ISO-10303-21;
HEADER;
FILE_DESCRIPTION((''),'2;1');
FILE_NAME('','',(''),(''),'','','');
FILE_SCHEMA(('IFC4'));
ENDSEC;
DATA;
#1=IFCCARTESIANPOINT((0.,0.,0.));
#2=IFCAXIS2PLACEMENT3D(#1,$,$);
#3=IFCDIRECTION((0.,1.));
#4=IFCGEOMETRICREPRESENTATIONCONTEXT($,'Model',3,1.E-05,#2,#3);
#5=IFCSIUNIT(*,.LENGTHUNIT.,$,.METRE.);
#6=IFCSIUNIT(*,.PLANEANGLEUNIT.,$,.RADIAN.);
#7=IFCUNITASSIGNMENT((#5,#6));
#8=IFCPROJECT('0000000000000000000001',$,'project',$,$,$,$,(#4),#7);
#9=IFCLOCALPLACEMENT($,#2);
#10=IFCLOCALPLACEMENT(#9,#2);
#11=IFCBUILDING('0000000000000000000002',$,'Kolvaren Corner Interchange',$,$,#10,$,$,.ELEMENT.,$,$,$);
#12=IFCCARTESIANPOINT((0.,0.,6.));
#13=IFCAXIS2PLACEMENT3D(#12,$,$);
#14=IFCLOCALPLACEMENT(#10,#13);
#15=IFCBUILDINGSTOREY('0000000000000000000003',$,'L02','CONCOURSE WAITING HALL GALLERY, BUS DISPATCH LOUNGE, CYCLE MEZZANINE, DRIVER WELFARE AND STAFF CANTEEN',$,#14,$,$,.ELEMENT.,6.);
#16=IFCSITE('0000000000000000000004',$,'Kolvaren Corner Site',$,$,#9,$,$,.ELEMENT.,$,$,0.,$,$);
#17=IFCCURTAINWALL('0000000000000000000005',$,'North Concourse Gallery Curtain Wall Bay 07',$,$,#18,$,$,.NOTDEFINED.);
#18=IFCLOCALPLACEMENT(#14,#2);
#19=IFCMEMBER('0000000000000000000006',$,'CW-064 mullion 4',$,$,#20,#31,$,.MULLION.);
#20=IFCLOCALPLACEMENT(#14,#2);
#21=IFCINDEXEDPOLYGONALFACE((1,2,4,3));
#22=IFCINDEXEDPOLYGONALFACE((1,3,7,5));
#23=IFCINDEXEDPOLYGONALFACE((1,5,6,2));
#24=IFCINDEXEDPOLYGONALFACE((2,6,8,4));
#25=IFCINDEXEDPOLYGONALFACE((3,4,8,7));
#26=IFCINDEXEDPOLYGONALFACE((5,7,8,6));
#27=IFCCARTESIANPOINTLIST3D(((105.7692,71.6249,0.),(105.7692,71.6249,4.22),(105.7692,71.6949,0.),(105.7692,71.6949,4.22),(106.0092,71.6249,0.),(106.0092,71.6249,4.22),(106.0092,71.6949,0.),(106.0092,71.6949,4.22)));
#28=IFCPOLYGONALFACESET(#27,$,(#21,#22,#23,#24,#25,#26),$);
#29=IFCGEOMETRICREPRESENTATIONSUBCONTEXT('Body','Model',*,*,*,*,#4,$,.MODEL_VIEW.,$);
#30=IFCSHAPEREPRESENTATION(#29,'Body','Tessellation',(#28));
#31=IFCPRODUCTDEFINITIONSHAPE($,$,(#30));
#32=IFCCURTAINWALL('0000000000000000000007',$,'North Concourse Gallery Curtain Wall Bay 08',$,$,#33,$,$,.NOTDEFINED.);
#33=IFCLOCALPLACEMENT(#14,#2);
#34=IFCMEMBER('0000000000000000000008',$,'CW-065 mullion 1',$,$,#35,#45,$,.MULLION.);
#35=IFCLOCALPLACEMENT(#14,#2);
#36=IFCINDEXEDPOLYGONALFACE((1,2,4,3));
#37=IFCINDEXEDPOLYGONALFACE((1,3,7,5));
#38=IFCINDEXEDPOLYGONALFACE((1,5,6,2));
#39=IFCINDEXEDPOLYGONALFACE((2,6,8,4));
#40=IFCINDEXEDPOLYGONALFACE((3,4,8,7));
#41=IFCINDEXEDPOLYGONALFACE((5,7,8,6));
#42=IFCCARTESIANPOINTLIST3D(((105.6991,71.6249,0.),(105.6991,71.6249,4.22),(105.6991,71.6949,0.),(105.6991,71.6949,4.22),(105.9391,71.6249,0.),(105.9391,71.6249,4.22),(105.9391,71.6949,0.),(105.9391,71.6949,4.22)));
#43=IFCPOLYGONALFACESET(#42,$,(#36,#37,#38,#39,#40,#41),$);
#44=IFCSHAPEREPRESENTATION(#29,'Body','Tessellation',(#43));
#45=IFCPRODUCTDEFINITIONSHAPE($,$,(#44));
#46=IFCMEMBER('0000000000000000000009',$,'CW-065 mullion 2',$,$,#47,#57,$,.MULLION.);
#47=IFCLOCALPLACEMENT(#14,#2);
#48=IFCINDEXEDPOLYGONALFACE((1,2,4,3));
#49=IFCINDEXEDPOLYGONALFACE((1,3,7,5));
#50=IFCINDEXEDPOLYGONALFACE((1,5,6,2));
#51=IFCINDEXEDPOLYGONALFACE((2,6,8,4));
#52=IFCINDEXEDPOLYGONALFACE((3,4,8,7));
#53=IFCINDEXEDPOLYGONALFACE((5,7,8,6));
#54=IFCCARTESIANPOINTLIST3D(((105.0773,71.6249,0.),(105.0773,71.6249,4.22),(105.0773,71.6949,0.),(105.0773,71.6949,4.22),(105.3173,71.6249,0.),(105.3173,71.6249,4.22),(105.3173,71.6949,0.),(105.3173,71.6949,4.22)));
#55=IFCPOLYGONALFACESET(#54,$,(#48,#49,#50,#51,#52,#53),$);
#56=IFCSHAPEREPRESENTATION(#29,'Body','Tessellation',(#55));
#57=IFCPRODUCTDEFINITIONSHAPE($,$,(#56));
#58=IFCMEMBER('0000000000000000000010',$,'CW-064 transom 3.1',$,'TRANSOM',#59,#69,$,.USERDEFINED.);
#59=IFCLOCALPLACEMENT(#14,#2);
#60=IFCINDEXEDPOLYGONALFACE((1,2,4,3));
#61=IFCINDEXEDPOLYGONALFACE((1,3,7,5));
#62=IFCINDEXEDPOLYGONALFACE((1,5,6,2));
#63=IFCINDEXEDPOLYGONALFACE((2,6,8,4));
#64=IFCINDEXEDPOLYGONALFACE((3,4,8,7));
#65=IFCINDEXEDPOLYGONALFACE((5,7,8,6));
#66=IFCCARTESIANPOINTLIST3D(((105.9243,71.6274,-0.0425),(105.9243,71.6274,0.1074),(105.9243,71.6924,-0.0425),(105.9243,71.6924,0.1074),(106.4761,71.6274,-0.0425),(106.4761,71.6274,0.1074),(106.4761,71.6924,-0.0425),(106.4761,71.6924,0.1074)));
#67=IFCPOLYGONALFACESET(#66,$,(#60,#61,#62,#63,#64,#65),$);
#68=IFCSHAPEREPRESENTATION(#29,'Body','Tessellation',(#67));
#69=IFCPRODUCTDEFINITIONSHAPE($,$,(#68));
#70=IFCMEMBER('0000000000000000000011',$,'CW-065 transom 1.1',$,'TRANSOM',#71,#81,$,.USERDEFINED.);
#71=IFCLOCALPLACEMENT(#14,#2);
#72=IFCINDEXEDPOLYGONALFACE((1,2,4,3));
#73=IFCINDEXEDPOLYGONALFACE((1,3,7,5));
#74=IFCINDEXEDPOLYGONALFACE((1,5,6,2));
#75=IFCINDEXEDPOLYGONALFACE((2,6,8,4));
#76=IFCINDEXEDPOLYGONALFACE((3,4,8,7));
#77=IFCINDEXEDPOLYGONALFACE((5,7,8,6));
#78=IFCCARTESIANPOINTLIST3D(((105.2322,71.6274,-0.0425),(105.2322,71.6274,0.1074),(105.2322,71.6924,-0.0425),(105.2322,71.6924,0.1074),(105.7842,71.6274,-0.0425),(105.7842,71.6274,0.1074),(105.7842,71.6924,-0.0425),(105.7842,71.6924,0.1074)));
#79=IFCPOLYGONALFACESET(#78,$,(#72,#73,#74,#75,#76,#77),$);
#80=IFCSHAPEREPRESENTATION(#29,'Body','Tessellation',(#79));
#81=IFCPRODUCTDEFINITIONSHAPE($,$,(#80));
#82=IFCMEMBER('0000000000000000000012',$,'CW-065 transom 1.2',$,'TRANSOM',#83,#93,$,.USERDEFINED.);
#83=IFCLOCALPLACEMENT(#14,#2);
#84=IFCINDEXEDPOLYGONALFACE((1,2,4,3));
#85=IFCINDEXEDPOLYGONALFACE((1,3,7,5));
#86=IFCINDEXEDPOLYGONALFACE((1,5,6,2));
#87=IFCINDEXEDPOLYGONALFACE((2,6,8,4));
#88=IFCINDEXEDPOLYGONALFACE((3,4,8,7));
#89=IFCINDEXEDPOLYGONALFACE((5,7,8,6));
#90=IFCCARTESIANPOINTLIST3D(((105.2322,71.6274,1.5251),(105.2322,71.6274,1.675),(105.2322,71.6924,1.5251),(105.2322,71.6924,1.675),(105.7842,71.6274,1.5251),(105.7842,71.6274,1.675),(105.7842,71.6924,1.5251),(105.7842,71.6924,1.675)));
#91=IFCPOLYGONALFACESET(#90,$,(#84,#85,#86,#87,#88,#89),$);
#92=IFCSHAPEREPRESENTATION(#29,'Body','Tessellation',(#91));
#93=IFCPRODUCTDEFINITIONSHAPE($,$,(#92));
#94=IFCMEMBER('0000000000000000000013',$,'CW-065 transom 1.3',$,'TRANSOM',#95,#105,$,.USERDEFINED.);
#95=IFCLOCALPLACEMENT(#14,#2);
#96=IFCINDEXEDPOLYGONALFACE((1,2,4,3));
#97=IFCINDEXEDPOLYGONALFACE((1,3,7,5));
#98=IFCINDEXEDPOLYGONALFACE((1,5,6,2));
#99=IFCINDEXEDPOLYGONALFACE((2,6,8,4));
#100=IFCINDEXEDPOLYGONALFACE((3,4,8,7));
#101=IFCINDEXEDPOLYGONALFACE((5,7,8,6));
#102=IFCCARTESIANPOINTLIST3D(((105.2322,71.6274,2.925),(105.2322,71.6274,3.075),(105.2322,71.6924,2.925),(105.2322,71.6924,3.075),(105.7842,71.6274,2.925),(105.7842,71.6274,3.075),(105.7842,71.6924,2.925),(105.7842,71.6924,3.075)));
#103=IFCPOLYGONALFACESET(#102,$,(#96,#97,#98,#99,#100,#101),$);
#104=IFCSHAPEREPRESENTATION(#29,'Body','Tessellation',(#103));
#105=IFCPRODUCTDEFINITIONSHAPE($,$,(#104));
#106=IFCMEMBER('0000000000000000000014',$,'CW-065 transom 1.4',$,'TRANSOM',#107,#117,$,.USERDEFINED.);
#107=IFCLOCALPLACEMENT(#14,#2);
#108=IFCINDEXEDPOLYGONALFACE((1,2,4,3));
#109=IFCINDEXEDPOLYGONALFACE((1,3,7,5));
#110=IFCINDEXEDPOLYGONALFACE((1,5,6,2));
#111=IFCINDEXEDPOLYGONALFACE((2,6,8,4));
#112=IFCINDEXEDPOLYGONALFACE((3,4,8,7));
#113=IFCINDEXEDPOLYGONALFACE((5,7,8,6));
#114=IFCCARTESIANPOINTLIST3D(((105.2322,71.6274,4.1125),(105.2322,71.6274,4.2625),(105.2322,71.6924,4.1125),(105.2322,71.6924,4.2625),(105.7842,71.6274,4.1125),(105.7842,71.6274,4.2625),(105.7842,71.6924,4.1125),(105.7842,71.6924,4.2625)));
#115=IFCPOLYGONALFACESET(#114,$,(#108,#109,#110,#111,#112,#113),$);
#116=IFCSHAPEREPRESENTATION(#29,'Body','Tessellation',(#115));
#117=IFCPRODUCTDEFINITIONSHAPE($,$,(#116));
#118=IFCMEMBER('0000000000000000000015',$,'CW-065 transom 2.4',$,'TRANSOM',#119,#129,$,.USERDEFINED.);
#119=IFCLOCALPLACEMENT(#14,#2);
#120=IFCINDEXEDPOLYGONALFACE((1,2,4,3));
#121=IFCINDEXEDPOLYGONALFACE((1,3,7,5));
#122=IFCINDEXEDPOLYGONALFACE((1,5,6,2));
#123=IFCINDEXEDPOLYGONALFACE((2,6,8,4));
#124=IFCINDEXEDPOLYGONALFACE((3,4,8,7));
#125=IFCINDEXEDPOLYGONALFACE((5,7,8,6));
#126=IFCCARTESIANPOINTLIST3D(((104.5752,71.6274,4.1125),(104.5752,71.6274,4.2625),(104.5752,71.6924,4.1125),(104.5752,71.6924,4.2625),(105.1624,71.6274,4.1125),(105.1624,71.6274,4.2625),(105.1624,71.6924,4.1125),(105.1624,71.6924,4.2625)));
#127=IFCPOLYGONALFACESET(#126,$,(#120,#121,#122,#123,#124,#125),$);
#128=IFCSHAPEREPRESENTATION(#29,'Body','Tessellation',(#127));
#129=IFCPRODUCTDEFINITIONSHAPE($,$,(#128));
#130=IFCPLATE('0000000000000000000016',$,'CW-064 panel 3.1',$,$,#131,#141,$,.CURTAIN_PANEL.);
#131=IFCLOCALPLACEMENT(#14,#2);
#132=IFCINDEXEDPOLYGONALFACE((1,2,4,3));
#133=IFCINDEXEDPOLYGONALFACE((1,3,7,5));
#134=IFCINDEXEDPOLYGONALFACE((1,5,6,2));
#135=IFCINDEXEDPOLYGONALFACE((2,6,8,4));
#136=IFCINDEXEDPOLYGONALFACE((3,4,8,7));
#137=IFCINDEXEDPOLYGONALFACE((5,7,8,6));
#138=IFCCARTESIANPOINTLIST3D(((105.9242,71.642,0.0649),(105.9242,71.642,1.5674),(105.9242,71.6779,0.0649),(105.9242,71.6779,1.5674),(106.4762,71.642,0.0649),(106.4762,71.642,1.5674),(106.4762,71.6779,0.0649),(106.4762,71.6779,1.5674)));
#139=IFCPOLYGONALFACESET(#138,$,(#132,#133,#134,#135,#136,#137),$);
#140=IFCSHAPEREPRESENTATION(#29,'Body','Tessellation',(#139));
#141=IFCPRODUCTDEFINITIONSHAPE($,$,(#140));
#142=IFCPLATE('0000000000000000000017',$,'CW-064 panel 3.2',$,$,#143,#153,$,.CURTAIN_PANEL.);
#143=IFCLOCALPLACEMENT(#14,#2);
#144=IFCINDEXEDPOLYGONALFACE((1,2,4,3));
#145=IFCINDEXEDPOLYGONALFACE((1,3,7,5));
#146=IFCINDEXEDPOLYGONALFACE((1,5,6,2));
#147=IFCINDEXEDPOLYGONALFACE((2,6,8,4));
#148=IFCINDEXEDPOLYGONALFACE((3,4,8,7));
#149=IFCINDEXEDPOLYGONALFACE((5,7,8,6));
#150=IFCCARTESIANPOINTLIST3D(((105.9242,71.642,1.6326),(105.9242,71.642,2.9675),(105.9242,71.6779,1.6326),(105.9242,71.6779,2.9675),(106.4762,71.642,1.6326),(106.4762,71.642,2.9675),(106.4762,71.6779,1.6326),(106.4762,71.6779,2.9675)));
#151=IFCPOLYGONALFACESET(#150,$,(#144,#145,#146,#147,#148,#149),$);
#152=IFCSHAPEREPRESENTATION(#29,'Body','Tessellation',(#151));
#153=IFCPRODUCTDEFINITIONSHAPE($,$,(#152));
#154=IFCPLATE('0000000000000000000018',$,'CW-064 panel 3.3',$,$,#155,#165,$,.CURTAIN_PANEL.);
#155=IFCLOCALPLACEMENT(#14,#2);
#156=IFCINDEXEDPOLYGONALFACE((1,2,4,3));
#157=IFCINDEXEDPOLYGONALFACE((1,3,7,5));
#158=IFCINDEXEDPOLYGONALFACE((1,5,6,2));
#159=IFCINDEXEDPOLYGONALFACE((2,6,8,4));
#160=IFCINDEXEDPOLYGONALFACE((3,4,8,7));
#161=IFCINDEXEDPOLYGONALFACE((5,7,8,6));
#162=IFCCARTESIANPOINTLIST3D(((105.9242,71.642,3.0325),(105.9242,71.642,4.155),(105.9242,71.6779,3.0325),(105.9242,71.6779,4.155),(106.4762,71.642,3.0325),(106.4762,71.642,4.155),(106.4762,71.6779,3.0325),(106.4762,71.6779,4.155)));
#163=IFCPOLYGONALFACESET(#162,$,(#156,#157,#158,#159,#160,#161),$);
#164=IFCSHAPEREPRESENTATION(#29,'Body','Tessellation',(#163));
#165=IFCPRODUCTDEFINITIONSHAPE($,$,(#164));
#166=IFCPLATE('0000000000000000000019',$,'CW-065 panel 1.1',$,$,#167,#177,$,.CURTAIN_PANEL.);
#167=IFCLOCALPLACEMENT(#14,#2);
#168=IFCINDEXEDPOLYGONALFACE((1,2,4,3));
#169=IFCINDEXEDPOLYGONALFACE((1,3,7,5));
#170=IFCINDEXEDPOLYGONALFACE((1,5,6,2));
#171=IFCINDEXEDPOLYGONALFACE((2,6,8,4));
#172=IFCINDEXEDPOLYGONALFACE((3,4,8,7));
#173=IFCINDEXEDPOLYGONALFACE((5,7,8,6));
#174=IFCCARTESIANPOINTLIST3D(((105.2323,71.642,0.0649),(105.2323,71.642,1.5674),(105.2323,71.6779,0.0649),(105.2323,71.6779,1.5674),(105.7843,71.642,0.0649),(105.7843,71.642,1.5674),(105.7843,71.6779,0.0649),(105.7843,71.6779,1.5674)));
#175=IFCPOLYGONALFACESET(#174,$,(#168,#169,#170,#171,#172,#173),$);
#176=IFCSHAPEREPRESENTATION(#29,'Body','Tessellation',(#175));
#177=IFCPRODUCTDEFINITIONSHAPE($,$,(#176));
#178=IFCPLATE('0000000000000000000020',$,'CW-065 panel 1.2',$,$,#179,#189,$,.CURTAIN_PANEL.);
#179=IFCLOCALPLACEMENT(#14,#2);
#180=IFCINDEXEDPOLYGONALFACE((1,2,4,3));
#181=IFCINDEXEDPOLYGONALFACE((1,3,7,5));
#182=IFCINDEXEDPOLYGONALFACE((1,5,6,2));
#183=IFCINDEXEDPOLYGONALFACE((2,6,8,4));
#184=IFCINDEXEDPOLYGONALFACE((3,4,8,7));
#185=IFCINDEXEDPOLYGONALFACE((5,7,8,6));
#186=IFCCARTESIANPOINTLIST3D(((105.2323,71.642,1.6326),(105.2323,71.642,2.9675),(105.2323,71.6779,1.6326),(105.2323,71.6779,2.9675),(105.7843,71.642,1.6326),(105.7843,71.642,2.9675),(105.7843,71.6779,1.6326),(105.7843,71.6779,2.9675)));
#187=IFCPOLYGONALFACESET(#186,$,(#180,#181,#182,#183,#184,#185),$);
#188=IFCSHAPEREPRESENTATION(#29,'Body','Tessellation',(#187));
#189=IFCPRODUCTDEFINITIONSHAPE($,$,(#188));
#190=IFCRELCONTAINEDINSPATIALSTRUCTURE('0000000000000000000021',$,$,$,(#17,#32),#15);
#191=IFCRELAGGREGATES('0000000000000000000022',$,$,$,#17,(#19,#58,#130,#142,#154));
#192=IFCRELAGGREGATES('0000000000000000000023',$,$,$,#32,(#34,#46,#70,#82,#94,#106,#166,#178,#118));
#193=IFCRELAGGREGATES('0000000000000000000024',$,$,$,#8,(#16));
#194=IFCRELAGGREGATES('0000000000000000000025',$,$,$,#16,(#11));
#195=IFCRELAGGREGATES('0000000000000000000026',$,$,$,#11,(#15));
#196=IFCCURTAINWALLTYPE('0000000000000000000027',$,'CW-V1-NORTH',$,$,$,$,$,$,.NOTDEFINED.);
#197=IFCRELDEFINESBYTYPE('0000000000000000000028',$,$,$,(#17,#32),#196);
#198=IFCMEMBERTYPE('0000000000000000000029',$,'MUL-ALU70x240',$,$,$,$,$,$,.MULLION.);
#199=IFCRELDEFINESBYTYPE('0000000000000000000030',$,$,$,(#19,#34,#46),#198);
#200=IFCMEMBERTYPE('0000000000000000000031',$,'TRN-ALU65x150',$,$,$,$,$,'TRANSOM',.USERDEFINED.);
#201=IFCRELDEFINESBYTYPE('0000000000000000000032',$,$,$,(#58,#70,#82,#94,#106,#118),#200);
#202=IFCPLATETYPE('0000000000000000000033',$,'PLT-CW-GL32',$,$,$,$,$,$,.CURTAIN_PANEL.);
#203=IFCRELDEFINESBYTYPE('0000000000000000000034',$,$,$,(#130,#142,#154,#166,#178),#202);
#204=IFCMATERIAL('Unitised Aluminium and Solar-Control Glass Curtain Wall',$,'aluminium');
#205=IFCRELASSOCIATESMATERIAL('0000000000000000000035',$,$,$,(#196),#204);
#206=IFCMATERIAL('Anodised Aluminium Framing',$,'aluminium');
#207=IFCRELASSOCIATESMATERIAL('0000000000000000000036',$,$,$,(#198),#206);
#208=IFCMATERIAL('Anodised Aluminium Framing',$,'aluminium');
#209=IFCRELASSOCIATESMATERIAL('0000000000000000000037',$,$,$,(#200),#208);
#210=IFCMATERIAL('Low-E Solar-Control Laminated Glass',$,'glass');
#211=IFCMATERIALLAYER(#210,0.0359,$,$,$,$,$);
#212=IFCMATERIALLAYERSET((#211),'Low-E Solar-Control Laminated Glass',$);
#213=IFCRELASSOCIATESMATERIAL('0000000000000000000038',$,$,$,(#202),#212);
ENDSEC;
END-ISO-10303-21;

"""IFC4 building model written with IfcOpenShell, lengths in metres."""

from ifc_helpers import new_model, si_unit, direction, frame, origin, origin_2d, place, context, subcontext, project, spatial, rectangle, extrude, material, layer, layer_set, material_profile, profile_set, type_object, element, aggregate, save


model = new_model("IFC4")

# Units and contexts
model_context = context("Model", 3, precision=1e-05, world=origin(), true_north=direction((0.0, 1.0)))
body_context = subcontext(model_context, "Body", "Model", "MODEL_VIEW")
ifc_project = project(units=[si_unit("LENGTHUNIT", "METRE"), si_unit("PLANEANGLEUNIT", "RADIAN")], contexts=[model_context])

# Site, building, storey
site_placement = place(None, origin())
site = spatial("IfcSite", under=ifc_project, at=site_placement, Name="Kolvaren Corner Site", CompositionType="ELEMENT", RefElevation=0.0)
building_placement = place(site_placement, origin())
building = spatial("IfcBuilding", under=site, at=building_placement, Name="Kolvaren Corner Interchange", CompositionType="ELEMENT")
storey_placement = place(building_placement, frame((0.0, 0.0, 6.0)))
storey = spatial("IfcBuildingStorey", under=building, at=storey_placement, Name="L02", Description="CONCOURSE WAITING HALL GALLERY, BUS DISPATCH LOUNGE, CYCLE MEZZANINE, DRIVER WELFARE AND STAFF CANTEEN", CompositionType="ELEMENT", Elevation=6.0)

# Curtain wall, member
ifc_material_1 = material(Name="Unitised Aluminium and Solar-Control Glass Curtain Wall", Category="aluminium")
curtain_wall_type = type_object("IfcCurtainWallType", Name="CW-V1-NORTH", PredefinedType="NOTDEFINED", material=ifc_material_1)
curtain_wall_1_placement = place(storey_placement, origin())
curtain_wall_1 = element("IfcCurtainWall", 1, at=curtain_wall_1_placement, inside=storey, type_object=curtain_wall_type, Name="North Concourse Gallery Curtain Wall Bay 07", PredefinedType="NOTDEFINED")
ifc_material_2 = material(Name="Anodised Aluminium Framing", Category="aluminium")
ifc_material_profile_1 = material_profile(ifc_material_2, rectangle(XDim=0.0701, YDim=0.24, at=origin_2d()), Name="ALU 70x240")
ifc_profile_set_1 = profile_set([ifc_material_profile_1], Name="Anodised Aluminium Framing")
member_type_1 = type_object("IfcMemberType", Name="MUL-ALU70x240", PredefinedType="MULLION", material=ifc_profile_set_1)
member_1_placement = place(storey_placement, frame((105.8892, 71.6599, 0.0), z_axis=(0.0, 0.0, 1.0), x_axis=(0.0, -1.0, 0.0)))
member_1 = element("IfcMember", 2, at=member_1_placement, type_object=member_type_1, Name="CW-064 mullion 4", PredefinedType="MULLION", context=body_context, shape_type="SweptSolid", body=[
    extrude(rectangle(XDim=0.0701, YDim=0.24, at=origin_2d()), origin(), (0.0, 0.0, 1.0), 4.22),
])

# Curtain wall, members
curtain_wall_2_placement = place(storey_placement, origin())
curtain_wall_2 = element("IfcCurtainWall", 3, at=curtain_wall_2_placement, inside=storey, type_object=curtain_wall_type, Name="North Concourse Gallery Curtain Wall Bay 08", PredefinedType="NOTDEFINED")
member_2_placement = place(storey_placement, frame((105.8191, 71.6599, 0.0), z_axis=(0.0, 0.0, 1.0), x_axis=(0.0, -1.0, 0.0)))
member_2 = element("IfcMember", 4, at=member_2_placement, type_object=member_type_1, Name="CW-065 mullion 1", PredefinedType="MULLION", context=body_context, shape_type="SweptSolid", body=[
    extrude(rectangle(XDim=0.0701, YDim=0.24, at=origin_2d()), origin(), (0.0, 0.0, 1.0), 4.22),
])
member_3_placement = place(storey_placement, frame((105.1973, 71.6599, 0.0), z_axis=(0.0, 0.0, 1.0), x_axis=(0.0, -1.0, 0.0)))
member_3 = element("IfcMember", 5, at=member_3_placement, type_object=member_type_1, Name="CW-065 mullion 2", PredefinedType="MULLION", context=body_context, shape_type="SweptSolid", body=[
    extrude(rectangle(XDim=0.0701, YDim=0.24, at=origin_2d()), origin(), (0.0, 0.0, 1.0), 4.22),
])

# Members
ifc_material_3 = material(Name="Anodised Aluminium Framing", Category="aluminium")
ifc_material_profile_2 = material_profile(ifc_material_3, rectangle(XDim=0.0649, YDim=0.1499, at=origin_2d()), Name="ALU 65x150")
ifc_profile_set_2 = profile_set([ifc_material_profile_2], Name="Anodised Aluminium Framing")
member_type_2 = type_object("IfcMemberType", Name="TRN-ALU65x150", ElementType="TRANSOM", PredefinedType="USERDEFINED", material=ifc_profile_set_2)
member_4_placement = place(storey_placement, frame((106.4761, 71.6599, 0.0325), z_axis=(-1.0, 0.0, 0.0), x_axis=(0.0, -1.0, 0.0)))
member_4 = element("IfcMember", 6, at=member_4_placement, type_object=member_type_2, Name="CW-064 transom 3.1", ObjectType="TRANSOM", PredefinedType="USERDEFINED", context=body_context, shape_type="SweptSolid", body=[
    extrude(rectangle(XDim=0.0649, YDim=0.1499, at=origin_2d()), origin(), (0.0, 0.0, 1.0), 0.5518),
])
member_5_placement = place(storey_placement, frame((105.7842, 71.6599, 0.0325), z_axis=(-1.0, 0.0, 0.0), x_axis=(0.0, -1.0, 0.0)))
member_5 = element("IfcMember", 7, at=member_5_placement, type_object=member_type_2, Name="CW-065 transom 1.1", ObjectType="TRANSOM", PredefinedType="USERDEFINED", context=body_context, shape_type="SweptSolid", body=[
    extrude(rectangle(XDim=0.0649, YDim=0.1499, at=origin_2d()), origin(), (0.0, 0.0, 1.0), 0.552),
])
member_6_placement = place(storey_placement, frame((105.7842, 71.6599, 1.6001), z_axis=(-1.0, 0.0, 0.0), x_axis=(0.0, -1.0, 0.0)))
member_6 = element("IfcMember", 8, at=member_6_placement, type_object=member_type_2, Name="CW-065 transom 1.2", ObjectType="TRANSOM", PredefinedType="USERDEFINED", context=body_context, shape_type="SweptSolid", body=[
    extrude(rectangle(XDim=0.0649, YDim=0.1499, at=origin_2d()), origin(), (0.0, 0.0, 1.0), 0.552),
])
member_7_placement = place(storey_placement, frame((105.7842, 71.6599, 3.0), z_axis=(-1.0, 0.0, 0.0), x_axis=(0.0, -1.0, 0.0)))
member_7 = element("IfcMember", 9, at=member_7_placement, type_object=member_type_2, Name="CW-065 transom 1.3", ObjectType="TRANSOM", PredefinedType="USERDEFINED", context=body_context, shape_type="SweptSolid", body=[
    extrude(rectangle(XDim=0.0649, YDim=0.1499, at=origin_2d()), origin(), (0.0, 0.0, 1.0), 0.552),
])
member_8_placement = place(storey_placement, frame((105.7842, 71.6599, 4.1875), z_axis=(-1.0, 0.0, 0.0), x_axis=(0.0, -1.0, 0.0)))
member_8 = element("IfcMember", 10, at=member_8_placement, type_object=member_type_2, Name="CW-065 transom 1.4", ObjectType="TRANSOM", PredefinedType="USERDEFINED", context=body_context, shape_type="SweptSolid", body=[
    extrude(rectangle(XDim=0.0649, YDim=0.1499, at=origin_2d()), origin(), (0.0, 0.0, 1.0), 0.552),
])
member_9_placement = place(storey_placement, frame((105.1624, 71.6599, 4.1875), z_axis=(-1.0, 0.0, 0.0), x_axis=(0.0, -1.0, 0.0)))
member_9 = element("IfcMember", 11, at=member_9_placement, type_object=member_type_2, Name="CW-065 transom 2.4", ObjectType="TRANSOM", PredefinedType="USERDEFINED", context=body_context, shape_type="SweptSolid", body=[
    extrude(rectangle(XDim=0.0649, YDim=0.1499, at=origin_2d()), origin(), (0.0, 0.0, 1.0), 0.5872),
])

# Plates
ifc_material_4 = material(Name="Low-E Solar-Control Laminated Glass", Category="glass")
ifc_layer_1 = layer(ifc_material_4, 0.0359)
ifc_layer_set_1 = layer_set([ifc_layer_1], Name="Low-E Solar-Control Laminated Glass")
plate_type = type_object("IfcPlateType", Name="PLT-CW-GL32", PredefinedType="CURTAIN_PANEL", material=ifc_layer_set_1)
plate_1_placement = place(storey_placement, frame((106.2002, 71.6599, 0.0649), z_axis=(0.0, 0.0, 1.0), x_axis=(-1.0, 0.0, 0.0)))
plate_1 = element("IfcPlate", 12, at=plate_1_placement, type_object=plate_type, Name="CW-064 panel 3.1", PredefinedType="CURTAIN_PANEL", context=body_context, shape_type="SweptSolid", body=[
    extrude(rectangle(XDim=0.552, YDim=0.0359, at=origin_2d()), origin(), (0.0, 0.0, 1.0), 1.5024),
])
plate_2_placement = place(storey_placement, frame((106.2002, 71.6599, 1.6326), z_axis=(0.0, 0.0, 1.0), x_axis=(-1.0, 0.0, 0.0)))
plate_2 = element("IfcPlate", 13, at=plate_2_placement, type_object=plate_type, Name="CW-064 panel 3.2", PredefinedType="CURTAIN_PANEL", context=body_context, shape_type="SweptSolid", body=[
    extrude(rectangle(XDim=0.552, YDim=0.0359, at=origin_2d()), origin(), (0.0, 0.0, 1.0), 1.335),
])
plate_3_placement = place(storey_placement, frame((106.2002, 71.6599, 3.0325), z_axis=(0.0, 0.0, 1.0), x_axis=(-1.0, 0.0, 0.0)))
plate_3 = element("IfcPlate", 14, at=plate_3_placement, type_object=plate_type, Name="CW-064 panel 3.3", PredefinedType="CURTAIN_PANEL", context=body_context, shape_type="SweptSolid", body=[
    extrude(rectangle(XDim=0.552, YDim=0.0359, at=origin_2d()), origin(), (0.0, 0.0, 1.0), 1.1226),
])
aggregate(curtain_wall_1, [member_1, member_4, plate_1, plate_2, plate_3])
plate_4_placement = place(storey_placement, frame((105.5083, 71.6599, 0.0649), z_axis=(0.0, 0.0, 1.0), x_axis=(-1.0, 0.0, 0.0)))
plate_4 = element("IfcPlate", 15, at=plate_4_placement, type_object=plate_type, Name="CW-065 panel 1.1", PredefinedType="CURTAIN_PANEL", context=body_context, shape_type="SweptSolid", body=[
    extrude(rectangle(XDim=0.552, YDim=0.0359, at=origin_2d()), origin(), (0.0, 0.0, 1.0), 1.5024),
])
plate_5_placement = place(storey_placement, frame((105.5083, 71.6599, 1.6326), z_axis=(0.0, 0.0, 1.0), x_axis=(-1.0, 0.0, 0.0)))
plate_5 = element("IfcPlate", 16, at=plate_5_placement, type_object=plate_type, Name="CW-065 panel 1.2", PredefinedType="CURTAIN_PANEL", context=body_context, shape_type="SweptSolid", body=[
    extrude(rectangle(XDim=0.552, YDim=0.0359, at=origin_2d()), origin(), (0.0, 0.0, 1.0), 1.335),
])
aggregate(curtain_wall_2, [member_2, member_3, member_5, member_6, member_7, member_8, plate_4, plate_5, member_9])

save(model, "model.ifc")
